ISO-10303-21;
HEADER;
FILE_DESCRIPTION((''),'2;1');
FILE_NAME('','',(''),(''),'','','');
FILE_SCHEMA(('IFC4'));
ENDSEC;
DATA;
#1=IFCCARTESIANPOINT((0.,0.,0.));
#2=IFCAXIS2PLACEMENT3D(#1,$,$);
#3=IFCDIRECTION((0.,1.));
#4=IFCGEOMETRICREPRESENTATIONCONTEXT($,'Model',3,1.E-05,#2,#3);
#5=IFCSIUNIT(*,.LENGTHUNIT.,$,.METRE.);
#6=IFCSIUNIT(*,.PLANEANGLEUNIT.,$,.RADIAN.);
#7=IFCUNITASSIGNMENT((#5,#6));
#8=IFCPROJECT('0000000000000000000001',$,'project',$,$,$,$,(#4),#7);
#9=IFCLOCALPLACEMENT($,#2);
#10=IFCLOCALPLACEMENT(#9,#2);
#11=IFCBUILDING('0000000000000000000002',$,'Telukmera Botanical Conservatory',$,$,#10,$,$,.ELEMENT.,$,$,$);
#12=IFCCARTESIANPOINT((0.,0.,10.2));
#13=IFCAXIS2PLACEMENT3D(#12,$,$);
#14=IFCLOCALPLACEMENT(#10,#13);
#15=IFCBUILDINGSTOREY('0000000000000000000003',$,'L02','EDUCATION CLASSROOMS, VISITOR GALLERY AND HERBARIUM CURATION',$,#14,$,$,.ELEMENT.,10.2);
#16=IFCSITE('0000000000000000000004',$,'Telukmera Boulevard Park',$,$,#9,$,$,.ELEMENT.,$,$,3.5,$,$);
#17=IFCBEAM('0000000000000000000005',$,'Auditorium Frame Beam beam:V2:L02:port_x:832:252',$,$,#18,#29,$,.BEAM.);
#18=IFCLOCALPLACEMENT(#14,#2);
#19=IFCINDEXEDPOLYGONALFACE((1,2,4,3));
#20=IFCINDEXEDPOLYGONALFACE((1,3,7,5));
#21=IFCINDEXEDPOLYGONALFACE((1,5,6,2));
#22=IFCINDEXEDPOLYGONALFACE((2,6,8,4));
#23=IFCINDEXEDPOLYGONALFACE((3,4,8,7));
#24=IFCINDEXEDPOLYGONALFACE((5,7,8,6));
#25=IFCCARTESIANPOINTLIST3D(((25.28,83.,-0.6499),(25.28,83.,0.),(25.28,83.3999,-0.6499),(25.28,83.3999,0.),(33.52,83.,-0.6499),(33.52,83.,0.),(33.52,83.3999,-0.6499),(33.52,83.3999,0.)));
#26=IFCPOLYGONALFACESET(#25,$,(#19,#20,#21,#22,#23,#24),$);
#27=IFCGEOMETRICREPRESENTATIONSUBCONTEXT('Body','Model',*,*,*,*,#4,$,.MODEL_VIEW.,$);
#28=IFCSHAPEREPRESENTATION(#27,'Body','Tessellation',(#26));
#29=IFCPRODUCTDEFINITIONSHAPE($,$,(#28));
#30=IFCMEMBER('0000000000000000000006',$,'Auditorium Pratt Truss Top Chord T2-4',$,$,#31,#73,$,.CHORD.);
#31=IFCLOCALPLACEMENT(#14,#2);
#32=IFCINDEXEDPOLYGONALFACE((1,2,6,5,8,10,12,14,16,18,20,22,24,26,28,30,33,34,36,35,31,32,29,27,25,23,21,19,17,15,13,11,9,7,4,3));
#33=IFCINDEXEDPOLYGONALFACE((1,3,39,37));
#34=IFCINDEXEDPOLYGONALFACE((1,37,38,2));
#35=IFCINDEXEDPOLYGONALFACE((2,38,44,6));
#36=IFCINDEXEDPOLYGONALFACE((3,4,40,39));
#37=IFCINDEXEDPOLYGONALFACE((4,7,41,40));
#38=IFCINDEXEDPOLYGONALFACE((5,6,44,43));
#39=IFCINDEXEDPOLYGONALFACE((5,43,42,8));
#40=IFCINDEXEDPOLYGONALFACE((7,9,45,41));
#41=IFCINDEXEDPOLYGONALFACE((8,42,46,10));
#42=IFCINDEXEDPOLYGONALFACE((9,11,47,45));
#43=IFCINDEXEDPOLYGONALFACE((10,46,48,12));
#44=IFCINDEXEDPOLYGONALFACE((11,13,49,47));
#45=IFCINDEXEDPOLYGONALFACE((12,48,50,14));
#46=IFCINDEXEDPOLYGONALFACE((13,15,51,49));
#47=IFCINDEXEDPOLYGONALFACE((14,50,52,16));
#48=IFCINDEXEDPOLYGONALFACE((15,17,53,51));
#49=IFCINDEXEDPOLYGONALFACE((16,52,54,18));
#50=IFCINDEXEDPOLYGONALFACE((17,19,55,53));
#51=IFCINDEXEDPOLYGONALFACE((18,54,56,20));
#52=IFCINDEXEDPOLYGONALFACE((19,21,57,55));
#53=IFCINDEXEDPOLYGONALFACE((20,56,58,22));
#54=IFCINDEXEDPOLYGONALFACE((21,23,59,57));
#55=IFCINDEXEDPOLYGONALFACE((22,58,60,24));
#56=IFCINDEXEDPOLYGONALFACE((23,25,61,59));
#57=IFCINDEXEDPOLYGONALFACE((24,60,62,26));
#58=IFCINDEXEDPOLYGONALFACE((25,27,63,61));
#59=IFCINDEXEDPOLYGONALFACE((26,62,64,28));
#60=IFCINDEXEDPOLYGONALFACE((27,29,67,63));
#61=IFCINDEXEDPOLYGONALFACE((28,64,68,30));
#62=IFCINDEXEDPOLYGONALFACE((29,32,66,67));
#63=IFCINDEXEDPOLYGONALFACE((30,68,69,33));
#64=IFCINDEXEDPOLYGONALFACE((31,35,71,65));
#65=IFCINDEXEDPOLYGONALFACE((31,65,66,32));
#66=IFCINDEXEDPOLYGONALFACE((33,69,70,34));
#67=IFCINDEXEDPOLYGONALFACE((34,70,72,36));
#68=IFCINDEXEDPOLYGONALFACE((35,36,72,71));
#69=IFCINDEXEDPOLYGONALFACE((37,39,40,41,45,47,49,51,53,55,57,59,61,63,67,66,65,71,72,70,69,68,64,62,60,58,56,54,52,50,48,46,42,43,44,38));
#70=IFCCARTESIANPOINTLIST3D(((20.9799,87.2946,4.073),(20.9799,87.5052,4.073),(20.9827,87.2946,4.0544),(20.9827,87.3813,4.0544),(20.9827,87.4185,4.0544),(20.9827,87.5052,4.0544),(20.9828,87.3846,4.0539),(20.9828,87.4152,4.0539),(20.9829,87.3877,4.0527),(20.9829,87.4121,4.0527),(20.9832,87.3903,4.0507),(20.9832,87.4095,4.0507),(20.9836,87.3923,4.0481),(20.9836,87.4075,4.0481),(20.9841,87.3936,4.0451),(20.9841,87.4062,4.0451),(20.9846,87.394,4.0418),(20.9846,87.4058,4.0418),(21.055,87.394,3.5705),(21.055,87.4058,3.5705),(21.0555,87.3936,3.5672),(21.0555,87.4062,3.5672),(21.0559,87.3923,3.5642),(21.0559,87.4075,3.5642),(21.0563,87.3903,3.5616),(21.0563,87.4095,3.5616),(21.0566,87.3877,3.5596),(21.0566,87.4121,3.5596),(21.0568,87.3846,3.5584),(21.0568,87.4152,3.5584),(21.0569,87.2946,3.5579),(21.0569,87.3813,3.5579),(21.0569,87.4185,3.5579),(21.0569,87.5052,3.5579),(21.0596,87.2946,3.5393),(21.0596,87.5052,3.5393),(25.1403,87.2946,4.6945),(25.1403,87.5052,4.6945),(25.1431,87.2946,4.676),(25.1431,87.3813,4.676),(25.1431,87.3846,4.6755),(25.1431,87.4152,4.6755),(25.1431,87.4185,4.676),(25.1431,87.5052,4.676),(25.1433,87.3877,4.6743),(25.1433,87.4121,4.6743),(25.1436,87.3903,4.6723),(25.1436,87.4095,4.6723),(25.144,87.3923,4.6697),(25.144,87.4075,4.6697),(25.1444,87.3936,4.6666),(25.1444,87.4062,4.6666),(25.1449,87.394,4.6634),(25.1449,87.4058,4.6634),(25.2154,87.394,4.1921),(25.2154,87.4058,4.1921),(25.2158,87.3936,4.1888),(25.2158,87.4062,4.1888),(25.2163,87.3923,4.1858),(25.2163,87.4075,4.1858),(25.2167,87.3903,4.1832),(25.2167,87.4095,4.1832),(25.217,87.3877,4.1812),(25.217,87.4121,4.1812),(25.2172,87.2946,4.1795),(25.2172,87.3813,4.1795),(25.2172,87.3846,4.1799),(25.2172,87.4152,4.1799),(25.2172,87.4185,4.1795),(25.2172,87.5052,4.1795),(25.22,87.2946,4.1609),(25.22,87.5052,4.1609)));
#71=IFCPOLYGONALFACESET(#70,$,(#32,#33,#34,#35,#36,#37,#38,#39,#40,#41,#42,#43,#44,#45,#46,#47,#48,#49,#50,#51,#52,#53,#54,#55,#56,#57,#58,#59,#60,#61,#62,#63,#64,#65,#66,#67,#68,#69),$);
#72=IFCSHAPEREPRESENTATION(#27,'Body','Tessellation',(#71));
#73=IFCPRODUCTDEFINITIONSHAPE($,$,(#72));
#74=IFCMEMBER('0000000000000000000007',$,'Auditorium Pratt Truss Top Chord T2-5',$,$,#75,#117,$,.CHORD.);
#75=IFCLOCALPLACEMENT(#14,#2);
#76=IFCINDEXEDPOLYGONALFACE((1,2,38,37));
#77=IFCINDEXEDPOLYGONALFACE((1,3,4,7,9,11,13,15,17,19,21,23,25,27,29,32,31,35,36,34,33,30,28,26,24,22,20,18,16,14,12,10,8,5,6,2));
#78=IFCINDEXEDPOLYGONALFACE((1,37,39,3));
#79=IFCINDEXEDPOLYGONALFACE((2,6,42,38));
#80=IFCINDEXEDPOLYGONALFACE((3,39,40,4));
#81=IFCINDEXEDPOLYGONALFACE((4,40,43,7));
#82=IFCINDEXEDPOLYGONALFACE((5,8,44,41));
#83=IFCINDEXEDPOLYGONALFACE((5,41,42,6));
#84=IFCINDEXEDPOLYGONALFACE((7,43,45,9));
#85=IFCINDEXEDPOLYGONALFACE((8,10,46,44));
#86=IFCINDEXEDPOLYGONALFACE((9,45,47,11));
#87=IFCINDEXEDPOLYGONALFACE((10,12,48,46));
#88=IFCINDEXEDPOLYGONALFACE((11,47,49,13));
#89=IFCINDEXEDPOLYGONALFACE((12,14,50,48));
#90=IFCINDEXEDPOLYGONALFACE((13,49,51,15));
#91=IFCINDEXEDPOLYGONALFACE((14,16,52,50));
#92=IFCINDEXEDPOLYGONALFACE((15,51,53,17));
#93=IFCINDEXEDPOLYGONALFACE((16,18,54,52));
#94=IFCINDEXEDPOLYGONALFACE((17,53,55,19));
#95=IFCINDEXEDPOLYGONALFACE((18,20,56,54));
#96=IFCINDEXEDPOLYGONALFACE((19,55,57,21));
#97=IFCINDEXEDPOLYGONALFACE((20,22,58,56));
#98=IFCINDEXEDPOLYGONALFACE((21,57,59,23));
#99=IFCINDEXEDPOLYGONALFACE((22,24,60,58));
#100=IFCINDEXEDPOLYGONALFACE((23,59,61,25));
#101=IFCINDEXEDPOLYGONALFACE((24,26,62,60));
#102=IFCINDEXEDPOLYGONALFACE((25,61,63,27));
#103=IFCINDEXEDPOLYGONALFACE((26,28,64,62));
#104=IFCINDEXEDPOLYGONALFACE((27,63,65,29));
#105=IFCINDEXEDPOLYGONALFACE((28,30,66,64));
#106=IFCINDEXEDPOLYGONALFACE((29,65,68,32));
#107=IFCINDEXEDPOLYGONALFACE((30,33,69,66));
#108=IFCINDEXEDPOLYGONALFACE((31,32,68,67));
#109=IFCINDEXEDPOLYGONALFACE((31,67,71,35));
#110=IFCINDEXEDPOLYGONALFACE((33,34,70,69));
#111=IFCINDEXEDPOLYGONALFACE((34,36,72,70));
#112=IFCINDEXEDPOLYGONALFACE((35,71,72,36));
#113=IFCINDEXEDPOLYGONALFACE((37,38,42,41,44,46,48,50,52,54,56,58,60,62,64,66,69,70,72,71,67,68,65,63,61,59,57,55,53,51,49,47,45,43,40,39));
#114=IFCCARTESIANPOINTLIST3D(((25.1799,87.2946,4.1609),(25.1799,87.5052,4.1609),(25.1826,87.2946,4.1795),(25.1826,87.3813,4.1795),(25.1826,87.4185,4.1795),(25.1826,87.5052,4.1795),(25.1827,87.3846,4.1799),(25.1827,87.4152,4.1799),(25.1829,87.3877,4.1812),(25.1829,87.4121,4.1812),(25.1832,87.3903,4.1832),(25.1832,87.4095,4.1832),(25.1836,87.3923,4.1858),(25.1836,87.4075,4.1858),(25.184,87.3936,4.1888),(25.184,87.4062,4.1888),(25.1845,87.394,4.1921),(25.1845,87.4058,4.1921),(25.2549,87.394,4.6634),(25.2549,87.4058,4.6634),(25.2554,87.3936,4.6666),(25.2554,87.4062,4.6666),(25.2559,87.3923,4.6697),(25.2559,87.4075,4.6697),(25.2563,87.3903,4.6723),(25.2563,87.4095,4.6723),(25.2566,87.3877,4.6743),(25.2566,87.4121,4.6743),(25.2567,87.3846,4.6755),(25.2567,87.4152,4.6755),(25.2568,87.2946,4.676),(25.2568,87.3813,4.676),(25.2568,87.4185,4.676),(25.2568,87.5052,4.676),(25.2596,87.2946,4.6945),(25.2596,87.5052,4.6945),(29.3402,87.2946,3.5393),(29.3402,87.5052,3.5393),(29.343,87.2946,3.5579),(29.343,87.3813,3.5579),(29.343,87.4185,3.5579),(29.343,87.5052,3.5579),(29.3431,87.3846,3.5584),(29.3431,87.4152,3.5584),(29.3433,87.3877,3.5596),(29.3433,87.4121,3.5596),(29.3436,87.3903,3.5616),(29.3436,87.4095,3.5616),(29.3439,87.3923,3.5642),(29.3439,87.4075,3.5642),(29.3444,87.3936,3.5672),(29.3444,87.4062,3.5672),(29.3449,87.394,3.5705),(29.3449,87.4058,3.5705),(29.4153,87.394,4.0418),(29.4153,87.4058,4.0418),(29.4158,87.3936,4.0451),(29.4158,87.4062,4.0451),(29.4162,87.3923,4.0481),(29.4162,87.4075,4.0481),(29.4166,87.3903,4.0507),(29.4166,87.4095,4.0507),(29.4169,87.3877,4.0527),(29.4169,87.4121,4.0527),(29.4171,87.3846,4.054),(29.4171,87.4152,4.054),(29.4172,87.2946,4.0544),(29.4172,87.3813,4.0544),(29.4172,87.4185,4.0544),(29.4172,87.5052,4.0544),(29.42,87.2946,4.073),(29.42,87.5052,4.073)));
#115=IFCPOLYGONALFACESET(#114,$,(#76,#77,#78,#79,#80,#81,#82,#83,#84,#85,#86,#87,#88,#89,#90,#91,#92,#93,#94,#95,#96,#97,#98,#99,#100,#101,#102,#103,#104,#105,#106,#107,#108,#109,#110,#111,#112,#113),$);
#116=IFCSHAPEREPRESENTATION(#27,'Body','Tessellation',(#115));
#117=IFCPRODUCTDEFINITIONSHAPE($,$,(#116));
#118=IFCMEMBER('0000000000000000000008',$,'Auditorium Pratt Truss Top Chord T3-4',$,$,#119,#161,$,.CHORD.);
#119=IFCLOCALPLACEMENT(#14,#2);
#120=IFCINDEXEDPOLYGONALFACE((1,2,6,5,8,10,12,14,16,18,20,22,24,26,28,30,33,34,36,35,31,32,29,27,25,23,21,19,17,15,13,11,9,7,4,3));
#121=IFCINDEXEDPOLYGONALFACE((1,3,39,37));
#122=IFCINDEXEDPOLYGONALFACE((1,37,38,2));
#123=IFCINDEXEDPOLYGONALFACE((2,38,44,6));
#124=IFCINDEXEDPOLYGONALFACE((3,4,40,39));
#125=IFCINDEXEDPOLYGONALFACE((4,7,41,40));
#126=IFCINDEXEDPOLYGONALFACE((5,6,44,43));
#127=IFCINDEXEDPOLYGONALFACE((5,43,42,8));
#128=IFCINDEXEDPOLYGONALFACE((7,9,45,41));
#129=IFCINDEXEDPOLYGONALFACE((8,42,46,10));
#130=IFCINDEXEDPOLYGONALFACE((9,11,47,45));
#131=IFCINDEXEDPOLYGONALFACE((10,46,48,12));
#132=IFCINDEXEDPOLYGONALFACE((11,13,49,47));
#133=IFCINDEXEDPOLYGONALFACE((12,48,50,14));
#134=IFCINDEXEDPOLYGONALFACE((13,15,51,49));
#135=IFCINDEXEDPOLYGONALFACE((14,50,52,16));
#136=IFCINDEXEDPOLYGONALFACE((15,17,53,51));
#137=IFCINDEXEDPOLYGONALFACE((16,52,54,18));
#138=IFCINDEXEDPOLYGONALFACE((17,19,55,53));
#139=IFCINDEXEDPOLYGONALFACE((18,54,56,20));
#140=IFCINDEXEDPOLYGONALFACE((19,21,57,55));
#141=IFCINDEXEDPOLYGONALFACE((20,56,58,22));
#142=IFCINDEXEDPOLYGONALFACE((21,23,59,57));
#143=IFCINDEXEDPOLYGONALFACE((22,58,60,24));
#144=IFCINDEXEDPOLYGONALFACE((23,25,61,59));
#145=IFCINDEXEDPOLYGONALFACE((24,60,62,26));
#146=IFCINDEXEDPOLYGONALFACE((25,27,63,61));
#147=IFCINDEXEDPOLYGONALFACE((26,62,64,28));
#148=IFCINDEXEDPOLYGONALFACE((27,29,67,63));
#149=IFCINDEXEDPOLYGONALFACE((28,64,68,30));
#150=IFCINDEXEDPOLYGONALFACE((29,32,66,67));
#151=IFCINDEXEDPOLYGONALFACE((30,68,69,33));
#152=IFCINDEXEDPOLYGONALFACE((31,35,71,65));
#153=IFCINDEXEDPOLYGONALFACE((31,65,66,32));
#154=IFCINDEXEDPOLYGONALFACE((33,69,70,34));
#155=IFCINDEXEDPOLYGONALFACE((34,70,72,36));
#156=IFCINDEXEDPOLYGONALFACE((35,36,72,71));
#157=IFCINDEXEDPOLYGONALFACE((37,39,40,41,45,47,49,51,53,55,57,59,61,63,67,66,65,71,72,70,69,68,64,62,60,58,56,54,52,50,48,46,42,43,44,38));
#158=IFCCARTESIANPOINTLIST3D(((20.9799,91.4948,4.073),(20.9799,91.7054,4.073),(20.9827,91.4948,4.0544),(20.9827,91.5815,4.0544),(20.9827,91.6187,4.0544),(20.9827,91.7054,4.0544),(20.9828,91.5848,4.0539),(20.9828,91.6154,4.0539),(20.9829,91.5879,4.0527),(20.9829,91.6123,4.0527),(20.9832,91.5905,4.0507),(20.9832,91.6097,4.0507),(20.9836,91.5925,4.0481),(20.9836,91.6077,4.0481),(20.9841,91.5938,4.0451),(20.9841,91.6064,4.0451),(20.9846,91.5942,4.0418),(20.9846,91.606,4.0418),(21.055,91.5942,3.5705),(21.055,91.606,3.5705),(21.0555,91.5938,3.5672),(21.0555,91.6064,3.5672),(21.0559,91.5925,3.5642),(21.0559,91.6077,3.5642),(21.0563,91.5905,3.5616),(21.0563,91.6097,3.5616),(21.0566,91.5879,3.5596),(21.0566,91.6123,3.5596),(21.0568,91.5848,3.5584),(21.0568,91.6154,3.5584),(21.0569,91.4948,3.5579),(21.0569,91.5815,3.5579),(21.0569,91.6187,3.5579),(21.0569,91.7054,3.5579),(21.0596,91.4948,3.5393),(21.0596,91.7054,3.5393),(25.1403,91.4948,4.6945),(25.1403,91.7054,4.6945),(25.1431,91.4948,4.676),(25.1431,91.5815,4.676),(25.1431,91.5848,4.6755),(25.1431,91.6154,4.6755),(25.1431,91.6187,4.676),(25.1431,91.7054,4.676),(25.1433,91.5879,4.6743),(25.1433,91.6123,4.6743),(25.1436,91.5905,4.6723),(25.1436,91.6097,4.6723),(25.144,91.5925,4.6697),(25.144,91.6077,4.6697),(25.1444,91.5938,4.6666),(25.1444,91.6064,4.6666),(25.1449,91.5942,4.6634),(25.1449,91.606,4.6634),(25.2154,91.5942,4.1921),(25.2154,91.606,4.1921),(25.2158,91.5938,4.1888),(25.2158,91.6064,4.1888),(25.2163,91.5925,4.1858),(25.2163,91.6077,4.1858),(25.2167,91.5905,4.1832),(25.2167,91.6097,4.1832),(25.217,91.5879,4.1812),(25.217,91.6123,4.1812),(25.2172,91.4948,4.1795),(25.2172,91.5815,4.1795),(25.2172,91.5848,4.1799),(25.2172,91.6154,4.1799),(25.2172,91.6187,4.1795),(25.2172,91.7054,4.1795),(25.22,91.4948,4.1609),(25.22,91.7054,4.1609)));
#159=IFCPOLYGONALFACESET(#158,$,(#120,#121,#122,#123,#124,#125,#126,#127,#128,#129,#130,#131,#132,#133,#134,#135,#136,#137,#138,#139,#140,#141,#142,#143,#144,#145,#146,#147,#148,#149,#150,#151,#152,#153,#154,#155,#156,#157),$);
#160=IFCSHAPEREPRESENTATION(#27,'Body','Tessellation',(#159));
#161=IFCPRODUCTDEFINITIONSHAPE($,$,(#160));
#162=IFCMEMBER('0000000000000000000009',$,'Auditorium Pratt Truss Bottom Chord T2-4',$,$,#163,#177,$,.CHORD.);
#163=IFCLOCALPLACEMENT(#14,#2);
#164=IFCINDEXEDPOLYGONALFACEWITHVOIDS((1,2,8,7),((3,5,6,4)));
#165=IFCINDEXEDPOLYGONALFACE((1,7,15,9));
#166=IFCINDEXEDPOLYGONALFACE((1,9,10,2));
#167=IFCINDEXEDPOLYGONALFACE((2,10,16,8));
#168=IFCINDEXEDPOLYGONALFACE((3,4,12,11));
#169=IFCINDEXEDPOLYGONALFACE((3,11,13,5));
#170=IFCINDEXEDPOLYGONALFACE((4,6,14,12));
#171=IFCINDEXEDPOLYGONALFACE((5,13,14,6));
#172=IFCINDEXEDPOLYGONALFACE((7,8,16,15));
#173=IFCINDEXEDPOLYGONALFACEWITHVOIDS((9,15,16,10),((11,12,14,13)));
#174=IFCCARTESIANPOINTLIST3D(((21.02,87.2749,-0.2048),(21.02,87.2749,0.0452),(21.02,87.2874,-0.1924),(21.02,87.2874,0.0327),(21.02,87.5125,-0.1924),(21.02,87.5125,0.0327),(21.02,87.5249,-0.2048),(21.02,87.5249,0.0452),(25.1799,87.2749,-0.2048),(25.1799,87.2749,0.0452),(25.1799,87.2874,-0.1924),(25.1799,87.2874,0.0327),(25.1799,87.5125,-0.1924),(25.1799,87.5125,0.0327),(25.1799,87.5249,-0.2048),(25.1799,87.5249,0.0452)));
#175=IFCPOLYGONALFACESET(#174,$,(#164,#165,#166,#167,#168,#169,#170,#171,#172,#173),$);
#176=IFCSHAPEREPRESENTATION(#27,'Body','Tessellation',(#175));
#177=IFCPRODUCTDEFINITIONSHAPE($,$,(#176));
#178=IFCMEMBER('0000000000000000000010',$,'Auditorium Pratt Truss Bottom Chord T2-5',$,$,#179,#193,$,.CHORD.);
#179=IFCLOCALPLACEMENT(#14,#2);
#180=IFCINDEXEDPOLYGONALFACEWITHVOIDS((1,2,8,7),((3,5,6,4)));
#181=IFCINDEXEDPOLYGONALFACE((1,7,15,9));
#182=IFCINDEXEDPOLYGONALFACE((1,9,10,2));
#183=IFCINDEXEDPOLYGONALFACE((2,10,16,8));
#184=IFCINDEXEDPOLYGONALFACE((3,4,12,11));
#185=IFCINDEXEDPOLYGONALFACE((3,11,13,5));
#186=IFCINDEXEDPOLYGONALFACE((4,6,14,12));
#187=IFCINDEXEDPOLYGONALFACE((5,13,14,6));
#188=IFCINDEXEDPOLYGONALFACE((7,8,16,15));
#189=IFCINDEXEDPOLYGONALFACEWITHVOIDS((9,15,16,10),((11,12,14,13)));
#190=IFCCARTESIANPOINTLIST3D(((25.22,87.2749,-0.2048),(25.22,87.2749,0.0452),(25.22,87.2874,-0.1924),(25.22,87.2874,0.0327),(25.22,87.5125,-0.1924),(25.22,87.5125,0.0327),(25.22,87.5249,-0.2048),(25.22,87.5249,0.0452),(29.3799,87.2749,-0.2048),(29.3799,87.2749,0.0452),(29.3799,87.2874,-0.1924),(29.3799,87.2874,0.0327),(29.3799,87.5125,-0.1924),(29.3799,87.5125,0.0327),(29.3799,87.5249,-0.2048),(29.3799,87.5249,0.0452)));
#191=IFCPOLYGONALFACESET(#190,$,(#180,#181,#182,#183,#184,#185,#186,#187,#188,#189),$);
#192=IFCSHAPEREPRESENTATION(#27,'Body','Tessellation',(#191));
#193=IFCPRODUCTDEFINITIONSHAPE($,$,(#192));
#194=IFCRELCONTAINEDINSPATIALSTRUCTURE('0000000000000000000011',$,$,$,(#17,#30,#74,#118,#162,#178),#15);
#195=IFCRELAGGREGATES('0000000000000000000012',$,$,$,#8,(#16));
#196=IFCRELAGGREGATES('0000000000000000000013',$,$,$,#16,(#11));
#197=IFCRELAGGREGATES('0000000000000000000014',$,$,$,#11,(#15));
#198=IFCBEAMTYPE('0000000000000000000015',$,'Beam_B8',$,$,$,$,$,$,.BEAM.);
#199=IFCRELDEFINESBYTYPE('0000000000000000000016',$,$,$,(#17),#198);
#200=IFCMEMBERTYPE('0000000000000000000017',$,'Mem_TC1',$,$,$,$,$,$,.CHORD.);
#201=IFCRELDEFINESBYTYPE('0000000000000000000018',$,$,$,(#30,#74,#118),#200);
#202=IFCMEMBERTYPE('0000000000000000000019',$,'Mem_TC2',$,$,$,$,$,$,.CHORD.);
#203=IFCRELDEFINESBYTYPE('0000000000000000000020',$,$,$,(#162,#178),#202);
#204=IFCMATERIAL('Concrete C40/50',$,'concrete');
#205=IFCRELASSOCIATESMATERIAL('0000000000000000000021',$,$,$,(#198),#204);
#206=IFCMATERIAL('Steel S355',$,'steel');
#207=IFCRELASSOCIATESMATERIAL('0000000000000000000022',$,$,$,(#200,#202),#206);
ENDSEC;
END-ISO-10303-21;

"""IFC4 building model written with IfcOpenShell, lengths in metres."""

from ifc_helpers import new_model, si_unit, direction, frame, origin, origin_2d, place, context, subcontext, project, spatial, rectangle, hollow_rectangle, i_section, extrude, material, material_profile, profile_set, type_object, element, save


model = new_model("IFC4")

# Units and contexts
model_context = context("Model", 3, precision=1e-05, world=origin(), true_north=direction((0.0, 1.0)))
body_context = subcontext(model_context, "Body", "Model", "MODEL_VIEW")
ifc_project = project(units=[si_unit("LENGTHUNIT", "METRE"), si_unit("PLANEANGLEUNIT", "RADIAN")], contexts=[model_context])

# Site, building, storey
site_placement = place(None, origin())
site = spatial("IfcSite", under=ifc_project, at=site_placement, Name="Telukmera Boulevard Park", CompositionType="ELEMENT", RefElevation=3.5)
building_placement = place(site_placement, origin())
building = spatial("IfcBuilding", under=site, at=building_placement, Name="Telukmera Botanical Conservatory", CompositionType="ELEMENT")
storey_placement = place(building_placement, frame((0.0, 0.0, 10.2)))
storey = spatial("IfcBuildingStorey", under=building, at=storey_placement, Name="L02", Description="EDUCATION CLASSROOMS, VISITOR GALLERY AND HERBARIUM CURATION", CompositionType="ELEMENT", Elevation=10.2)

# Beam
ifc_material_1 = material(Name="Concrete C40/50", Category="concrete")
ifc_material_profile_1 = material_profile(ifc_material_1, rectangle(XDim=0.3999, YDim=0.6499, at=origin_2d()), Name="RC 400x650")
ifc_profile_set_1 = profile_set([ifc_material_profile_1], Name="Concrete C40/50")
beam_type = type_object("IfcBeamType", Name="Beam_B8", PredefinedType="BEAM", material=ifc_profile_set_1)
beam_placement = place(storey_placement, frame((25.28, 83.2, -0.325), z_axis=(1.0, 0.0, 0.0), x_axis=(0.0, 1.0, 0.0)))
element("IfcBeam", 1, at=beam_placement, inside=storey, type_object=beam_type, Name="Auditorium Frame Beam beam:V2:L02:port_x:832:252", PredefinedType="BEAM", context=body_context, shape_type="SweptSolid", body=[
    extrude(rectangle(XDim=0.3999, YDim=0.6499, at=origin_2d()), origin(), (0.0, 0.0, 1.0), 8.24),
])

# Members
ifc_material_2 = material(Name="Steel S355", Category="steel")
ifc_material_profile_2 = material_profile(ifc_material_2, i_section(OverallWidth=0.2107, OverallDepth=0.5396, WebThickness=0.0117, FlangeThickness=0.0188, FilletRadius=0.0127, at=origin_2d()), Name="UB 533x210x109")
ifc_profile_set_2 = profile_set([ifc_material_profile_2], Name="Steel S355")
member_type_1 = type_object("IfcMemberType", Name="Mem_TC1", PredefinedType="CHORD", material=ifc_profile_set_2)
for number, where, z_axis, x_axis, name in (
    (2, (21.0198, 87.3999, 3.8062), (0.989023, 0.0, 0.147764), (0.0, 1.0, 0.0), "Auditorium Pratt Truss Top Chord T2-4"),
    (3, (25.2197, 87.3999, 4.4277), (0.989023, 0.0, -0.147764), (0.0, 1.0, 0.0), "Auditorium Pratt Truss Top Chord T2-5"),
    (4, (21.0198, 91.6001, 3.8062), (0.989023, 0.0, 0.147764), (0.0, 1.0, 0.0), "Auditorium Pratt Truss Top Chord T3-4"),
):
    element("IfcMember", number, at=place(storey_placement, frame(where, z_axis=z_axis, x_axis=x_axis)), inside=storey, type_object=member_type_1, Name=name, PredefinedType="CHORD", context=body_context, shape_type="SweptSolid", body=[
        extrude(i_section(OverallWidth=0.2107, OverallDepth=0.5396, WebThickness=0.0117, FlangeThickness=0.0188, FilletRadius=0.0127, at=origin_2d()), origin(), (0.0, 0.0, 1.0), 4.2065),
    ])
ifc_material_profile_3 = material_profile(ifc_material_2, hollow_rectangle(XDim=0.25, YDim=0.25, WallThickness=0.0125, at=origin_2d()), Name="SHS 250x250x12.5")
ifc_profile_set_3 = profile_set([ifc_material_profile_3], Name="Steel S355")
member_type_2 = type_object("IfcMemberType", Name="Mem_TC2", PredefinedType="CHORD", material=ifc_profile_set_3)
for number, where, z_axis, x_axis, name in (
    (5, (21.02, 87.3999, -0.0798), (1.0, 0.0, 0.0), (0.0, 1.0, 0.0), "Auditorium Pratt Truss Bottom Chord T2-4"),
    (6, (25.22, 87.3999, -0.0798), (1.0, 0.0, 0.0), (0.0, 1.0, 0.0), "Auditorium Pratt Truss Bottom Chord T2-5"),
):
    element("IfcMember", number, at=place(storey_placement, frame(where, z_axis=z_axis, x_axis=x_axis)), inside=storey, type_object=member_type_2, Name=name, PredefinedType="CHORD", context=body_context, shape_type="SweptSolid", body=[
        extrude(hollow_rectangle(XDim=0.25, YDim=0.25, WallThickness=0.0125, at=origin_2d()), origin(), (0.0, 0.0, 1.0), 4.1599),
    ])

save(model, "model.ifc")
